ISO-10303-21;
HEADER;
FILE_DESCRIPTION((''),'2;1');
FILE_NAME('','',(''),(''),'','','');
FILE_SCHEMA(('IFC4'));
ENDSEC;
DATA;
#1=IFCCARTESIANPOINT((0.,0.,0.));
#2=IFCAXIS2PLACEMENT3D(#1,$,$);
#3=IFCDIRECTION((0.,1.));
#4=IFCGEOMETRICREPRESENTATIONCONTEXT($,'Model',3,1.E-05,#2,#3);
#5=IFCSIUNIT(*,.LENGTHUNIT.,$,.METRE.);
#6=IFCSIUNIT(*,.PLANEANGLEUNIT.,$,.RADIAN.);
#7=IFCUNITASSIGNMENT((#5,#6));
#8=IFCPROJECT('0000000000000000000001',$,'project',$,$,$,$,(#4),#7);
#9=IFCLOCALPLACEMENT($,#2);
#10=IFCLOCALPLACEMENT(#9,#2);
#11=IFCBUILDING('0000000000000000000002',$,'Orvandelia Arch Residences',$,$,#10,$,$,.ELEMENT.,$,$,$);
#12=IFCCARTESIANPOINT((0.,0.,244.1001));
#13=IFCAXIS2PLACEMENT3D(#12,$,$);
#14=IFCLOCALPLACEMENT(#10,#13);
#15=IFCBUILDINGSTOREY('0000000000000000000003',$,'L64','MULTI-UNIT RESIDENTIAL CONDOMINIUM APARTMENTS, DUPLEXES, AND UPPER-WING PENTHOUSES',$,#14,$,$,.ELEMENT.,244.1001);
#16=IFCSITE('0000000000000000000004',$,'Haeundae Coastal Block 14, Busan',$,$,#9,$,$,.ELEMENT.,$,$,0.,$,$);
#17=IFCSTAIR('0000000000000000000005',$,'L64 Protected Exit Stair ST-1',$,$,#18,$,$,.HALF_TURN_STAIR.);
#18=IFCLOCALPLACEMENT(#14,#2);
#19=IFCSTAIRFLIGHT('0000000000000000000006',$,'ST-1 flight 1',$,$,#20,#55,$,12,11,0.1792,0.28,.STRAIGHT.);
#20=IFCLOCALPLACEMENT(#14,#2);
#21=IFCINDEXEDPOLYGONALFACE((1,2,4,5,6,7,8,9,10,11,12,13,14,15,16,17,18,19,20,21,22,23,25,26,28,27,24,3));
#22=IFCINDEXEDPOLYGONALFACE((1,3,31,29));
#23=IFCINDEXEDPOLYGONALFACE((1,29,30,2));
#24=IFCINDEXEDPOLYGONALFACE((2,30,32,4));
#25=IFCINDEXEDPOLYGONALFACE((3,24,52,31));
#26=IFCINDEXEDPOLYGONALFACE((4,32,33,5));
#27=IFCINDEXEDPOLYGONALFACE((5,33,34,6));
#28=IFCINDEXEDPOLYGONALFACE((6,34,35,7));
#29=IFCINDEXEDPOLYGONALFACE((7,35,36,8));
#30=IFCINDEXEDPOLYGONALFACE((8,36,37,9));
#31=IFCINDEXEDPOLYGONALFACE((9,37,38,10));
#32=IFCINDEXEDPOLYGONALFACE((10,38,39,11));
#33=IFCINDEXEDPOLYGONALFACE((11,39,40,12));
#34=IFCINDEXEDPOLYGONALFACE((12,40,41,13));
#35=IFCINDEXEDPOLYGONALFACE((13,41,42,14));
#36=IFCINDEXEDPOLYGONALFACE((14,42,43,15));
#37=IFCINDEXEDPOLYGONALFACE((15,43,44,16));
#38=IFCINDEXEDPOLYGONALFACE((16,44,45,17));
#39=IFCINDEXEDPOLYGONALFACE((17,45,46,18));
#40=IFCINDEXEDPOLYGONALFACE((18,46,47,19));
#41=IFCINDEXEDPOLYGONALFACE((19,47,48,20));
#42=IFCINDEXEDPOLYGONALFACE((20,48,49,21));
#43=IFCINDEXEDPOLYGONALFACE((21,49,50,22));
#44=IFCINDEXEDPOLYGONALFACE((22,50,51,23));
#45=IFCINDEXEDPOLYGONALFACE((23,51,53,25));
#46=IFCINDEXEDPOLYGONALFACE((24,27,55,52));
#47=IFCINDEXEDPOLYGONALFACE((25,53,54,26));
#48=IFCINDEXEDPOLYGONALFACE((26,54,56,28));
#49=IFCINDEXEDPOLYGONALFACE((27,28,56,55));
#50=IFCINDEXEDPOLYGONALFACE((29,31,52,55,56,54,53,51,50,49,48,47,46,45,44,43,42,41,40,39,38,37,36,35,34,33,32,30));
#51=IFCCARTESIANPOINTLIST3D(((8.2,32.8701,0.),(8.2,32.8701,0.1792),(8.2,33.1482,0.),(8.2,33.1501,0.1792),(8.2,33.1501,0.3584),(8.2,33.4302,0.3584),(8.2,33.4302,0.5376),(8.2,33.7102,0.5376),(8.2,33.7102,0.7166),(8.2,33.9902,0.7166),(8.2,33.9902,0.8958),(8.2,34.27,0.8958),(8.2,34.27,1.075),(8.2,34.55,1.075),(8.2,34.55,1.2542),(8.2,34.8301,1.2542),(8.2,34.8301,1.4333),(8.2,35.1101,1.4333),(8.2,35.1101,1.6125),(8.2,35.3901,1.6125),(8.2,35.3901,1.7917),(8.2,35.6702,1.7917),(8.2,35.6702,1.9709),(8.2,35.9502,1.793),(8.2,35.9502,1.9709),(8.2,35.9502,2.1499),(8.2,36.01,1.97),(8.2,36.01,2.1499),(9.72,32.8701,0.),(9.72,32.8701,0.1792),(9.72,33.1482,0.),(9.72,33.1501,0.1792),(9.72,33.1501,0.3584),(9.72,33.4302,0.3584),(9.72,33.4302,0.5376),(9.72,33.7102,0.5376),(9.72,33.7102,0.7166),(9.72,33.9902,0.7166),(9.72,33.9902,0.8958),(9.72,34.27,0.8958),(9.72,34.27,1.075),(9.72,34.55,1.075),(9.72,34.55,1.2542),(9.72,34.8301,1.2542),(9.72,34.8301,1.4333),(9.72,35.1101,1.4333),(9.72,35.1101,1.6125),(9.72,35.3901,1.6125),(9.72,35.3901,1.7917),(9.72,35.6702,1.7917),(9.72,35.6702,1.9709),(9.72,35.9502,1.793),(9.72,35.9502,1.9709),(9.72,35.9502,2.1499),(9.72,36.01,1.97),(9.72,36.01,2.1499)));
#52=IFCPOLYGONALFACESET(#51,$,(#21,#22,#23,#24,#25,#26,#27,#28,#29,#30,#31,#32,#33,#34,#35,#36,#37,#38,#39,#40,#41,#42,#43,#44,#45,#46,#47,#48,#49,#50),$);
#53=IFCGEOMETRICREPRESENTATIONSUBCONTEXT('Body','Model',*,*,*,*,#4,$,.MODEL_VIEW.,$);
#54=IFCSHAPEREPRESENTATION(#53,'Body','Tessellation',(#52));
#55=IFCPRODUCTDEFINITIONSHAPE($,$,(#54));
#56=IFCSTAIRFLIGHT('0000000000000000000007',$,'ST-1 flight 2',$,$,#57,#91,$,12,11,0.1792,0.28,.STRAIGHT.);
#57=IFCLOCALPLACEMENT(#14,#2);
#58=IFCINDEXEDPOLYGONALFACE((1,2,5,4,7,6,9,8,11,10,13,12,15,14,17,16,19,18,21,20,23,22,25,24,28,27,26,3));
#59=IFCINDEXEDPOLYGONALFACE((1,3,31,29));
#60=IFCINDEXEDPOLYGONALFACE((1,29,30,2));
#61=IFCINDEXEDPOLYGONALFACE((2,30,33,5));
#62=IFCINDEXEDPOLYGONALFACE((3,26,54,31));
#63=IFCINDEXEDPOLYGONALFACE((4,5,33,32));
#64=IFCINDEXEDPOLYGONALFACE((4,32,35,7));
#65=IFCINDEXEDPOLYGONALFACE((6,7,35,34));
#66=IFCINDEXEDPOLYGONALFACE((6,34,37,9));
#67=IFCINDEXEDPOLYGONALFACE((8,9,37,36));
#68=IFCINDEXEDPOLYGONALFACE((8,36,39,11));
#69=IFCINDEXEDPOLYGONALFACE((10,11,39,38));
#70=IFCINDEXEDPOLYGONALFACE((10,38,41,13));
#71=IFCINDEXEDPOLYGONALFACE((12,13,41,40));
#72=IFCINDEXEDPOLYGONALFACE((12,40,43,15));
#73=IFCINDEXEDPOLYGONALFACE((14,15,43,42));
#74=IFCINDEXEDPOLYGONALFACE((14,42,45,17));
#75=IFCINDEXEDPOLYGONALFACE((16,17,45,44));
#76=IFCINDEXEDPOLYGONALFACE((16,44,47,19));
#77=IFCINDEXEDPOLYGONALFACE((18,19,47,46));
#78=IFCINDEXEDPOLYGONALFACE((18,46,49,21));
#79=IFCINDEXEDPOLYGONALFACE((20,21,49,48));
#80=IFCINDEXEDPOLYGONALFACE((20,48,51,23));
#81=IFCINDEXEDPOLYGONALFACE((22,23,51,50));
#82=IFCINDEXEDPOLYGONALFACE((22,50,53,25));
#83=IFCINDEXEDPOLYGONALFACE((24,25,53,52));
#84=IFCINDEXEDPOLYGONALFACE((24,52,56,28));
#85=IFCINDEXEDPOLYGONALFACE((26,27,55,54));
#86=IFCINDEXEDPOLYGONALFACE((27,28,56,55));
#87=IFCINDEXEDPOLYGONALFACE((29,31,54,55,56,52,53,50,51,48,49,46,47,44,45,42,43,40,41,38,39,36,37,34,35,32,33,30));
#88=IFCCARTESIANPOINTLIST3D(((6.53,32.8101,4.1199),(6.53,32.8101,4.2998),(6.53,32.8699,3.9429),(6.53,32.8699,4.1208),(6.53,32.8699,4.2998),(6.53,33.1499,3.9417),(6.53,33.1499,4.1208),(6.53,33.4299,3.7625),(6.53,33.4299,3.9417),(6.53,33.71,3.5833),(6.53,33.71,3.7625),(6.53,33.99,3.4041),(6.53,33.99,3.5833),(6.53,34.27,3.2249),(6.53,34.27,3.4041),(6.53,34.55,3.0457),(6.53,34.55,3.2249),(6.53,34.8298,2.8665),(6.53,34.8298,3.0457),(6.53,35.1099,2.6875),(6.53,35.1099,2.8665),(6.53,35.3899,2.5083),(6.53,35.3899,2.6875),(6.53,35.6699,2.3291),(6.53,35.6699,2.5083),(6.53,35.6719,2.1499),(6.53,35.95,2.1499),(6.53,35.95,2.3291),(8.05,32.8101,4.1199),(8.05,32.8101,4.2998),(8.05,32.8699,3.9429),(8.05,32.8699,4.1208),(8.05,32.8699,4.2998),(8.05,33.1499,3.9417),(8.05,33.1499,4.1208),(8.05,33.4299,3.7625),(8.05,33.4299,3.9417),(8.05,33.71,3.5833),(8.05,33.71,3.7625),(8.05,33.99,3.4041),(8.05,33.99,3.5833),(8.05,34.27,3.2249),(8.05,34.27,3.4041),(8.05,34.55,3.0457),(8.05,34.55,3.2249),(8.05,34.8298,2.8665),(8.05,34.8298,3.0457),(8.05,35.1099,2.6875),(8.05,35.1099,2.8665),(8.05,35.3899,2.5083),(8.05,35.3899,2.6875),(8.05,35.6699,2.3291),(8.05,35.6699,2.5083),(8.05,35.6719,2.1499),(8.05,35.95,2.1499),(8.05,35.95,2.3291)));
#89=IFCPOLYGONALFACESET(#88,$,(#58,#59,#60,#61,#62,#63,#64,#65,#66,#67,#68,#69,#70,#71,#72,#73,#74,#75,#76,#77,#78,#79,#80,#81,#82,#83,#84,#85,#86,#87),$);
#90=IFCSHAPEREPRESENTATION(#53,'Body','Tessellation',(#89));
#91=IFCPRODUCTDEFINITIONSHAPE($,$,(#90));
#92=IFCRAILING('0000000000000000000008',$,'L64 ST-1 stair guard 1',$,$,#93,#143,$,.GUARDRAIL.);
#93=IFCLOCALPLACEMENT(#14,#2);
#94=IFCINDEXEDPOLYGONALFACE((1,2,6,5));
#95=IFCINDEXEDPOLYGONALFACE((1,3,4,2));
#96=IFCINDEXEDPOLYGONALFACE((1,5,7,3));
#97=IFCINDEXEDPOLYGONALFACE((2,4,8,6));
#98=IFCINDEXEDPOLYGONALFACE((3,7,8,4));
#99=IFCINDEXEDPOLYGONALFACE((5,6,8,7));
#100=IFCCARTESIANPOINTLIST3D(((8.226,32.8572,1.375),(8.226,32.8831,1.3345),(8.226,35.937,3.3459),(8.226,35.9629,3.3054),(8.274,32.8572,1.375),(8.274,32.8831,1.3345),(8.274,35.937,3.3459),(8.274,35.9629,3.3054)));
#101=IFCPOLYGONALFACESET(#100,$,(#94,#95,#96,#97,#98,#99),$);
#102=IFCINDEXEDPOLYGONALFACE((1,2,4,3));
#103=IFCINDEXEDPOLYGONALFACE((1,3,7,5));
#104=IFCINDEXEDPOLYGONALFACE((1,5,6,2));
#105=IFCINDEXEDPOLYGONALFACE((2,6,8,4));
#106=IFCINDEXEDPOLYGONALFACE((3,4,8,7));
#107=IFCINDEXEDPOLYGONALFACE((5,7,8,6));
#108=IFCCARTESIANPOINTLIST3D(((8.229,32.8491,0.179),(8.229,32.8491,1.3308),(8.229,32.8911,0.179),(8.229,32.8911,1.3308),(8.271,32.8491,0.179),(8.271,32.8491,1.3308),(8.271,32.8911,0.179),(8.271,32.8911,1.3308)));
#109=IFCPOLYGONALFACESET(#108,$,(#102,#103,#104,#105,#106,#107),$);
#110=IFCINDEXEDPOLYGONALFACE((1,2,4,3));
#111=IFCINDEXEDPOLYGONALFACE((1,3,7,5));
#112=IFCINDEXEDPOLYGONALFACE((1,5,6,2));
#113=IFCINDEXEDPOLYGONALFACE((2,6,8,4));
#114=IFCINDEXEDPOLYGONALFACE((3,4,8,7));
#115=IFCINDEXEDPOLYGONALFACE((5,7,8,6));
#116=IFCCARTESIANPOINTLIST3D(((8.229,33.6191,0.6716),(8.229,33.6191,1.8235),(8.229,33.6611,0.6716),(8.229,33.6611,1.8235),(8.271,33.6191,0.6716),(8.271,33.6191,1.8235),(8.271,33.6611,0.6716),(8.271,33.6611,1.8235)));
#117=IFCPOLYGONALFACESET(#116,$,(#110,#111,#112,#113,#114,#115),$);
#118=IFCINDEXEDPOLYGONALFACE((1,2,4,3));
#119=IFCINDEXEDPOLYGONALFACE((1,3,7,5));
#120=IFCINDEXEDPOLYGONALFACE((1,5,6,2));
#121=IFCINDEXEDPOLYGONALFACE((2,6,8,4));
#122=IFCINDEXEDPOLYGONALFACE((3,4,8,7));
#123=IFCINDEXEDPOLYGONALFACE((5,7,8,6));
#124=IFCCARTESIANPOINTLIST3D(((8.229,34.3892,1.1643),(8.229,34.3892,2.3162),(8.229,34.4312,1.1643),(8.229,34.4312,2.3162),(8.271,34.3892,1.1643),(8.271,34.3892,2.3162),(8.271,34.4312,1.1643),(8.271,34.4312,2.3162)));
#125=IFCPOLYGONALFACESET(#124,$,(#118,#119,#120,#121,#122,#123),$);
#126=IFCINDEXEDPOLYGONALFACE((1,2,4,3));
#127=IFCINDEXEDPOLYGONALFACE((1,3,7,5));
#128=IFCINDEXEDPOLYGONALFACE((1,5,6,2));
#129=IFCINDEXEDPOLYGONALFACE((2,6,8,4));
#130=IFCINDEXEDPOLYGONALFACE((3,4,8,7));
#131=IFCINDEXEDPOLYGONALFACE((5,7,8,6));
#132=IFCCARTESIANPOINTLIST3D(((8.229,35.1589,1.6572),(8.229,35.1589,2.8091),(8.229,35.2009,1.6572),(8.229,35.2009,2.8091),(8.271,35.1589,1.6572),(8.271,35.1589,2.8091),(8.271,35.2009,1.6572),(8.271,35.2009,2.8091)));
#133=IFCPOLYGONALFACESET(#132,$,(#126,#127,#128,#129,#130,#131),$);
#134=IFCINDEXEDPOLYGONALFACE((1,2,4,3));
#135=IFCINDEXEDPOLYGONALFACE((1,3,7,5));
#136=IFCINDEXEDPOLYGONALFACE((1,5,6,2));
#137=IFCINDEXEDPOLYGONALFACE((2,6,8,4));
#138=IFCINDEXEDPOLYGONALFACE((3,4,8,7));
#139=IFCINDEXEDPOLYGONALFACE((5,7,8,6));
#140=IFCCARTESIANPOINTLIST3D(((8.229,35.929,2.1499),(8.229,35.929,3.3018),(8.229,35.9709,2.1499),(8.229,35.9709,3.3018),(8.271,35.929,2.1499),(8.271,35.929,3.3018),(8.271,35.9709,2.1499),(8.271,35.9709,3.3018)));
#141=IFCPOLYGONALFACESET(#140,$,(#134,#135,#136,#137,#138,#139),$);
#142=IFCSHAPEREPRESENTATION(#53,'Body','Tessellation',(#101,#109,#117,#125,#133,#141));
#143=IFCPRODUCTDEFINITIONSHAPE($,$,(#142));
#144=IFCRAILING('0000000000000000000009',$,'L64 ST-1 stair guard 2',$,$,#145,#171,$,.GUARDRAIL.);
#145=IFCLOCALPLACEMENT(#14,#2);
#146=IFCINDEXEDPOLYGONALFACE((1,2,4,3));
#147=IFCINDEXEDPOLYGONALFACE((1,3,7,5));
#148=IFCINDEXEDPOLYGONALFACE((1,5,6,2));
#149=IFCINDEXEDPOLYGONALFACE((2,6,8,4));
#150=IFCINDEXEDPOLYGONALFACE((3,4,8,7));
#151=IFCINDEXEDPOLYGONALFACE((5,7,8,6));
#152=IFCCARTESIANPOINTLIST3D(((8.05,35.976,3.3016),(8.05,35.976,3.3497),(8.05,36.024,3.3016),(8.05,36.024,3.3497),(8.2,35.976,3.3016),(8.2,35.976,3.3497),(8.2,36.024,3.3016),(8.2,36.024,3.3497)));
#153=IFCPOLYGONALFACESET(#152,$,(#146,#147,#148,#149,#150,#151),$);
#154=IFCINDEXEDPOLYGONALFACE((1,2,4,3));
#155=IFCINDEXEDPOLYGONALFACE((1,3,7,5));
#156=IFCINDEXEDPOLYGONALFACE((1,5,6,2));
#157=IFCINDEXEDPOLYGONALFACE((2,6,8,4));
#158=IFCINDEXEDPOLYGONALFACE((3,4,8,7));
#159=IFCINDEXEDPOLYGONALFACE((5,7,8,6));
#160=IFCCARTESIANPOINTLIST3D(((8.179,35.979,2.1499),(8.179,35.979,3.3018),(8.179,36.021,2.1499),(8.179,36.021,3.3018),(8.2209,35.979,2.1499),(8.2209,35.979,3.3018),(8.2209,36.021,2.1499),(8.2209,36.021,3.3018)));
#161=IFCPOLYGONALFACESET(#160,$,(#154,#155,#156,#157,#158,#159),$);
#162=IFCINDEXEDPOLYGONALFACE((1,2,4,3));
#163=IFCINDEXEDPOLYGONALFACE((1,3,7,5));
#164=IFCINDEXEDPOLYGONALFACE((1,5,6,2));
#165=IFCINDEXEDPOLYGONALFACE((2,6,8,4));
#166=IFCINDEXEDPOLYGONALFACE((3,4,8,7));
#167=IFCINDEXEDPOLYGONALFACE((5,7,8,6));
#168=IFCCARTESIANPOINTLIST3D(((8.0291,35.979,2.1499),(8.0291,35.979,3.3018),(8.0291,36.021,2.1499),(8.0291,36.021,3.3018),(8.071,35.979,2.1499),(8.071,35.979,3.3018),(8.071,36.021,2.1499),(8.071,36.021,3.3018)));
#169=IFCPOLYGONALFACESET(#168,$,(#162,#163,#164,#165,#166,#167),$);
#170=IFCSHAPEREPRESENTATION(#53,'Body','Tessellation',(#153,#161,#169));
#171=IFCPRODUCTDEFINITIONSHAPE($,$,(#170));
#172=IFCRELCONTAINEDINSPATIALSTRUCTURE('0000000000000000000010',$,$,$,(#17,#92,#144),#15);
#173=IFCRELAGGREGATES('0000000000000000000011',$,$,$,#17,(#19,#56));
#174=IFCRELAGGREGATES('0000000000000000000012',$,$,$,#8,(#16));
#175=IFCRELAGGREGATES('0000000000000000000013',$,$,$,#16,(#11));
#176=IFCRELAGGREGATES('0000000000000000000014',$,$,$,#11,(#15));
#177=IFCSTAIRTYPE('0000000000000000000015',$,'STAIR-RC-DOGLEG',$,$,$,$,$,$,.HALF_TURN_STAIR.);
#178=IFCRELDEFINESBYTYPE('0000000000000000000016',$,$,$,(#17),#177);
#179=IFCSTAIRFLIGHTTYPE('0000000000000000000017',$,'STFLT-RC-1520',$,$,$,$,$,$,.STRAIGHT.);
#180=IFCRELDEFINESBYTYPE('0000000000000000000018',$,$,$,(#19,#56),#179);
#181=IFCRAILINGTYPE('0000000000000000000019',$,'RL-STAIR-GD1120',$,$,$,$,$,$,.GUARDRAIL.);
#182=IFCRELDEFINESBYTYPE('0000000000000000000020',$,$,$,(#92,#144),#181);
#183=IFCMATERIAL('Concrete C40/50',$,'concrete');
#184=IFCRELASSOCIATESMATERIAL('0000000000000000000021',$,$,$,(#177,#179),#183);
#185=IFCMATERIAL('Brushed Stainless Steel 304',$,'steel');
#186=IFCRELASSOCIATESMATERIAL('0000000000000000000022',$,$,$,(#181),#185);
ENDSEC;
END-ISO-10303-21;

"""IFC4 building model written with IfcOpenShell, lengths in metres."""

from ifc_helpers import new_model, si_unit, direction, frame, origin, origin_2d, place, context, subcontext, project, spatial, polyline, rectangle, outline, extrude, material, type_object, element, aggregate, save


model = new_model("IFC4")

# Units and contexts
model_context = context("Model", 3, precision=1e-05, world=origin(), true_north=direction((0.0, 1.0)))
body_context = subcontext(model_context, "Body", "Model", "MODEL_VIEW")
ifc_project = project(units=[si_unit("LENGTHUNIT", "METRE"), si_unit("PLANEANGLEUNIT", "RADIAN")], contexts=[model_context])

# Site, building, storey
site_placement = place(None, origin())
site = spatial("IfcSite", under=ifc_project, at=site_placement, Name="Haeundae Coastal Block 14, Busan", CompositionType="ELEMENT", RefElevation=0.0)
building_placement = place(site_placement, origin())
building = spatial("IfcBuilding", under=site, at=building_placement, Name="Orvandelia Arch Residences", CompositionType="ELEMENT")
storey_placement = place(building_placement, frame((0.0, 0.0, 244.1001)))
storey = spatial("IfcBuildingStorey", under=building, at=storey_placement, Name="L64", Description="MULTI-UNIT RESIDENTIAL CONDOMINIUM APARTMENTS, DUPLEXES, AND UPPER-WING PENTHOUSES", CompositionType="ELEMENT", Elevation=244.1001)

# Stair, stair flights
ifc_material_1 = material(Name="Concrete C40/50", Category="concrete")
stair_type = type_object("IfcStairType", Name="STAIR-RC-DOGLEG", PredefinedType="HALF_TURN_STAIR", material=ifc_material_1)
stair_placement = place(storey_placement, origin())
stair = element("IfcStair", 1, at=stair_placement, inside=storey, type_object=stair_type, Name="L64 Protected Exit Stair ST-1", PredefinedType="HALF_TURN_STAIR")
stair_flight_type = type_object("IfcStairFlightType", Name="STFLT-RC-1520", PredefinedType="STRAIGHT", material=ifc_material_1)
stair_flight_1_placement = place(storey_placement, frame((8.96, 32.8701, 0.0), z_axis=(0.0, 0.0, 1.0), x_axis=(0.0, 1.0, 0.0)))
stair_flight_1 = element("IfcStairFlight", 2, at=stair_flight_1_placement, type_object=stair_flight_type, Name="ST-1 flight 1", NumberOfRisers=12, NumberOfTreads=11, PredefinedType="STRAIGHT", RiserHeight=0.1792, TreadLength=0.28, context=body_context, shape_type="SweptSolid", body=[
    extrude(outline(polyline([(0.0, 0.0), (0.0, 0.1792), (0.28, 0.1792), (0.28, 0.3584), (0.5601, 0.3584), (0.5601, 0.5376), (0.8401, 0.5376), (0.8401, 0.7166), (1.1201, 0.7166), (1.1201, 0.8958), (1.3999, 0.8958), (1.3999, 1.075), (1.6799, 1.075), (1.6799, 1.2542), (1.96, 1.2542), (1.96, 1.4333), (2.24, 1.4333), (2.24, 1.6125), (2.52, 1.6125), (2.52, 1.7917), (2.8, 1.7917), (2.8, 1.9709), (3.0801, 1.9709), (3.0801, 2.1499), (3.1399, 2.1499), (3.1399, 1.97), (3.0801, 1.793), (0.2781, 0.0), (0.0, 0.0)])), frame((0.0, 0.76, 0.0), z_axis=(0.0, -1.0, 0.0), x_axis=(1.0, 0.0, 0.0)), (0.0, 0.0, 1.0), 1.52),
])
stair_flight_2_placement = place(storey_placement, frame((7.29, 35.95, 2.1499), z_axis=(0.0, 0.0, 1.0), x_axis=(0.0, -1.0, 0.0)))
stair_flight_2 = element("IfcStairFlight", 3, at=stair_flight_2_placement, type_object=stair_flight_type, Name="ST-1 flight 2", NumberOfRisers=12, NumberOfTreads=11, PredefinedType="STRAIGHT", RiserHeight=0.1792, TreadLength=0.28, context=body_context, shape_type="SweptSolid", body=[
    extrude(outline(polyline([(0.0, 0.0), (0.0, 0.1792), (0.28, 0.1792), (0.28, 0.3584), (0.5601, 0.3584), (0.5601, 0.5376), (0.8401, 0.5376), (0.8401, 0.7166), (1.1201, 0.7166), (1.1201, 0.8958), (1.3999, 0.8958), (1.3999, 1.075), (1.6799, 1.075), (1.6799, 1.2542), (1.96, 1.2542), (1.96, 1.4333), (2.24, 1.4333), (2.24, 1.6125), (2.52, 1.6125), (2.52, 1.7917), (2.8, 1.7917), (2.8, 1.9709), (3.0801, 1.9709), (3.0801, 2.1499), (3.1399, 2.1499), (3.1399, 1.97), (3.0801, 1.793), (0.2781, 0.0), (0.0, 0.0)])), frame((0.0, 0.76, 0.0), z_axis=(0.0, -1.0, 0.0), x_axis=(1.0, 0.0, 0.0)), (0.0, 0.0, 1.0), 1.52),
])
aggregate(stair, [stair_flight_1, stair_flight_2])

# Railings
ifc_material_2 = material(Name="Brushed Stainless Steel 304", Category="steel")
railing_type_1 = type_object("IfcRailingType", Name="RL-STAIR-GD1120", PredefinedType="GUARDRAIL", material=ifc_material_2)
railing_1_placement = place(storey_placement, frame((8.25, 32.8701, 0.179)))
element("IfcRailing", 4, at=railing_1_placement, inside=storey, type_object=railing_type_1, Name="L64 ST-1 stair guard 1", PredefinedType="GUARDRAIL", context=body_context, shape_type="SweptSolid", body=[
    extrude(rectangle(XDim=0.0481, YDim=0.0481, at=origin_2d()), frame((0.0, 0.0, 1.1758), z_axis=(0.0, 0.84229, 0.539025), x_axis=(-1.0, 0.0, 0.0)), (0.0, 0.0, 1.0), 3.6565),
    extrude(rectangle(XDim=0.042, YDim=0.042, at=origin_2d()), origin(), (0.0, 0.0, 1.0), 1.1519),
    extrude(rectangle(XDim=0.042, YDim=0.042, at=origin_2d()), frame((0.0, 0.77, 0.4927)), (0.0, 0.0, 1.0), 1.1519),
    extrude(rectangle(XDim=0.042, YDim=0.042, at=origin_2d()), frame((0.0, 1.54, 0.9854)), (0.0, 0.0, 1.0), 1.1519),
    extrude(rectangle(XDim=0.042, YDim=0.042, at=origin_2d()), frame((0.0, 2.3098, 1.4783)), (0.0, 0.0, 1.0), 1.1519),
    extrude(rectangle(XDim=0.042, YDim=0.042, at=origin_2d()), frame((0.0, 3.0798, 1.9709)), (0.0, 0.0, 1.0), 1.1519),
])
railing_2_placement = place(storey_placement, frame((8.2, 36.0, 2.1499)))
element("IfcRailing", 5, at=railing_2_placement, inside=storey, type_object=railing_type_1, Name="L64 ST-1 stair guard 2", PredefinedType="GUARDRAIL", context=body_context, shape_type="SweptSolid", body=[
    extrude(rectangle(XDim=0.0481, YDim=0.0481, at=origin_2d()), frame((0.0, 0.0, 1.1758), z_axis=(-1.0, 0.0, 0.0), x_axis=(0.0, -1.0, 0.0)), (0.0, 0.0, 1.0), 0.1499),
    extrude(rectangle(XDim=0.042, YDim=0.042, at=origin_2d()), origin(), (0.0, 0.0, 1.0), 1.1519),
    extrude(rectangle(XDim=0.042, YDim=0.042, at=origin_2d()), frame((-0.1499, 0.0, 0.0)), (0.0, 0.0, 1.0), 1.1519),
])

save(model, "model.ifc")
